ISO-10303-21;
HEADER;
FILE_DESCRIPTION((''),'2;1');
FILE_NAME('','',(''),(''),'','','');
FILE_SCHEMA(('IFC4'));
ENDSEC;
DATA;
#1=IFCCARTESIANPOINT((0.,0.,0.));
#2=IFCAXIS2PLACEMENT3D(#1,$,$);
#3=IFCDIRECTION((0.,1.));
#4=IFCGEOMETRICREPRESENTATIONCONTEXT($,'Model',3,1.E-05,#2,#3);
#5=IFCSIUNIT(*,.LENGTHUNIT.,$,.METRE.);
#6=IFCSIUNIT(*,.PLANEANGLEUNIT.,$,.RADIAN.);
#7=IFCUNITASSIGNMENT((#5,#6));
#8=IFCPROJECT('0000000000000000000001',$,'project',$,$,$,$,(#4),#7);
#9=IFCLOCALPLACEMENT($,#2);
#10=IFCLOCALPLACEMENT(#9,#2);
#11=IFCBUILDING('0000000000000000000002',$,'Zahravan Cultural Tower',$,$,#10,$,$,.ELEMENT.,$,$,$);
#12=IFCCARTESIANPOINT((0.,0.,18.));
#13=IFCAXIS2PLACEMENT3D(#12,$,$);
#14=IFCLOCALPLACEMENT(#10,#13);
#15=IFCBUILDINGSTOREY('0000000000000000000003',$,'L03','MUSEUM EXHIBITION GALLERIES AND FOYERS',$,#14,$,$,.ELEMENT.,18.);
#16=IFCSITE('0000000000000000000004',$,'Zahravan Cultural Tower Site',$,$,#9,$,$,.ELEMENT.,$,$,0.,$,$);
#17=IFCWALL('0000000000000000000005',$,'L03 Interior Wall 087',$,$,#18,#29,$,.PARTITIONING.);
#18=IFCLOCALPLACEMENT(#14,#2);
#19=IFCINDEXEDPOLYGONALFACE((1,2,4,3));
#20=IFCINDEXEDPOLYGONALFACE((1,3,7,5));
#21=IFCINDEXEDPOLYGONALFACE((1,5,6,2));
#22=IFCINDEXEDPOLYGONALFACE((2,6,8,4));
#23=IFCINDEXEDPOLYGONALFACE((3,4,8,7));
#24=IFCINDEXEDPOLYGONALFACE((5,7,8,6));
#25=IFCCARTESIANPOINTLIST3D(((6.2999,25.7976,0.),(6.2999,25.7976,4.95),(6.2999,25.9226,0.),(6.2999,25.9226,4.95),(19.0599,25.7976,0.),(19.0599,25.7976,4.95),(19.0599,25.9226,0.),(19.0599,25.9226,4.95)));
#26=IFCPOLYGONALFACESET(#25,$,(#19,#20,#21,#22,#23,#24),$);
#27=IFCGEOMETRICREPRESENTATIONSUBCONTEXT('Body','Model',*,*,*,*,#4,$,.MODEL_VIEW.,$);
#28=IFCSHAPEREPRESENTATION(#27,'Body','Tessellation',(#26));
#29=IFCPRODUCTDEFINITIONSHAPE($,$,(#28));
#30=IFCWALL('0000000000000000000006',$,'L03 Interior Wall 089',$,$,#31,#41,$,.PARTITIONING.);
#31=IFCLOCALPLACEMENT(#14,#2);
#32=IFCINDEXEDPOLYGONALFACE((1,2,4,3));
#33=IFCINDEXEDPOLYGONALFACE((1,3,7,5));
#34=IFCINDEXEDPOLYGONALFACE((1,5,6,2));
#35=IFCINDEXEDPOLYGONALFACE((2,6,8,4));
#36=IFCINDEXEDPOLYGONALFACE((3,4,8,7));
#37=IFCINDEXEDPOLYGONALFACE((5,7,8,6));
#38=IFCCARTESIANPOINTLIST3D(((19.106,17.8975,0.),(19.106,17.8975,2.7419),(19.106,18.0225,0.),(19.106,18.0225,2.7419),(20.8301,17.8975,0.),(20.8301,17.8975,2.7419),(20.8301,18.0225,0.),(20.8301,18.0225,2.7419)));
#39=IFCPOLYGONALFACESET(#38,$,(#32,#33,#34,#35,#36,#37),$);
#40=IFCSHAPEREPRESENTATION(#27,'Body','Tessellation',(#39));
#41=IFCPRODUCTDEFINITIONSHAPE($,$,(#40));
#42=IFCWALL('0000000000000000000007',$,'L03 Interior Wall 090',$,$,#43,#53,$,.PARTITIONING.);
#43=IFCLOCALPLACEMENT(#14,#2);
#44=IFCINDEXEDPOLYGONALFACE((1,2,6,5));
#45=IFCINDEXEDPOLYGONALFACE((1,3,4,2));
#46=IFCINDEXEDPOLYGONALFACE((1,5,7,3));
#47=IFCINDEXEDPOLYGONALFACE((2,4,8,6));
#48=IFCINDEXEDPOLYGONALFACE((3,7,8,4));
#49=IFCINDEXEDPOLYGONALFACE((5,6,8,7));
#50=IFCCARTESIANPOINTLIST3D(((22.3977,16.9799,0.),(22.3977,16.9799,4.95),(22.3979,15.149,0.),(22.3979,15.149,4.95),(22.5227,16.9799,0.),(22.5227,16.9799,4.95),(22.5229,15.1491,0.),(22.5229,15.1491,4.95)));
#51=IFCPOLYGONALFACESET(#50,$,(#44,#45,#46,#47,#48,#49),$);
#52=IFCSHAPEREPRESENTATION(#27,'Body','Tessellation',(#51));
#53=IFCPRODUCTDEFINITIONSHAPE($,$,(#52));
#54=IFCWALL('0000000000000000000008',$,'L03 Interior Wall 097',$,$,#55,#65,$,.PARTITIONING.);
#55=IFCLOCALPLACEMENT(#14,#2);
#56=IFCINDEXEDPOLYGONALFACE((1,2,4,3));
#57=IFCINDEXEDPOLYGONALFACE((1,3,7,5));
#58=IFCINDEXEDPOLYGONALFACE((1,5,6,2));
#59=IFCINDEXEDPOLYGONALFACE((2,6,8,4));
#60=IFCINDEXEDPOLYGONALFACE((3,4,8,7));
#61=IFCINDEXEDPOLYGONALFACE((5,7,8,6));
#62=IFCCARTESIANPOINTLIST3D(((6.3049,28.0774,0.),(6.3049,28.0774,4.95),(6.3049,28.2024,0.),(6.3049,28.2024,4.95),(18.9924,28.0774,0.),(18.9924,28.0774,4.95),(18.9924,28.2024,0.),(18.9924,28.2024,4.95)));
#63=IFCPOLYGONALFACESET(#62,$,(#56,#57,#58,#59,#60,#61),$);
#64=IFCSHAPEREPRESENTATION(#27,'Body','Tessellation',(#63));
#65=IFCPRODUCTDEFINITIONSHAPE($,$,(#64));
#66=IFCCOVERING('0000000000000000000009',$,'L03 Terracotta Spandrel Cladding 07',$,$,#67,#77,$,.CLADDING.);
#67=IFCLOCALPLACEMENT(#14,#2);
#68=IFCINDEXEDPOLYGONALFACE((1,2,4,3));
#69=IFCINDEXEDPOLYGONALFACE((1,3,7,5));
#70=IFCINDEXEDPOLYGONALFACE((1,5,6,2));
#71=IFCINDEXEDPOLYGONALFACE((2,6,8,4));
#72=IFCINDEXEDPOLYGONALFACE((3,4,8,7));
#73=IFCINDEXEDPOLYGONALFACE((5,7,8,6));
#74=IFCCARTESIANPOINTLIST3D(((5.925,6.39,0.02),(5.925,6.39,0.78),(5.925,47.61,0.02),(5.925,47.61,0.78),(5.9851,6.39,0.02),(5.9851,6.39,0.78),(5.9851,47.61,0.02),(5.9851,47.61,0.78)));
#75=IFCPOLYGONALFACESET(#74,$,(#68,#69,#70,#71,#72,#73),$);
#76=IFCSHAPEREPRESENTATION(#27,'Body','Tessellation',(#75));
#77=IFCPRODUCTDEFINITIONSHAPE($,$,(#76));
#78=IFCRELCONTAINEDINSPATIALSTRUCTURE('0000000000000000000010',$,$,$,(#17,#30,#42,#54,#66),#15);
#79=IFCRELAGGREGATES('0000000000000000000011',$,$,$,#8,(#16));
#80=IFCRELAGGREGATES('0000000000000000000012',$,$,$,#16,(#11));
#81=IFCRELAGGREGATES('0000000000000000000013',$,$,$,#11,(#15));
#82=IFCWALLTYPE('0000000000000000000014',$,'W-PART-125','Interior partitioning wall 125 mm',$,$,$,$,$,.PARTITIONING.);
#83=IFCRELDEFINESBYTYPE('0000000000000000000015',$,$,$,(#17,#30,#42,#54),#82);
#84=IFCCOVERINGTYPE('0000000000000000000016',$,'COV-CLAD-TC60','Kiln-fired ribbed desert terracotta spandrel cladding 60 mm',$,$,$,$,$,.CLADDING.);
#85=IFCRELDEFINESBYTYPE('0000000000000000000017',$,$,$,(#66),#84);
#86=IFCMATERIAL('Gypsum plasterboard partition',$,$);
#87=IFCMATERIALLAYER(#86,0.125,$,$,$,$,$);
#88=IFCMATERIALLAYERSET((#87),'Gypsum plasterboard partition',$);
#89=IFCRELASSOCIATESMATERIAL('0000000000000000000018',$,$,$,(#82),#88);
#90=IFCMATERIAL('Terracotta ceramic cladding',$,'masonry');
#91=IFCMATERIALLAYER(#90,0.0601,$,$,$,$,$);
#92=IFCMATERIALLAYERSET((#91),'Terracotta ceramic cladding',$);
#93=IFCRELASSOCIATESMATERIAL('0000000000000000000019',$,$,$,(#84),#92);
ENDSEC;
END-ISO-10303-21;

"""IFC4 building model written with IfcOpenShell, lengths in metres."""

from ifc_helpers import new_model, si_unit, direction, frame, frame_2d, origin, origin_2d, place, context, subcontext, project, spatial, rectangle, extrude, source, transform, mapped, material, layer, layer_set, type_object, element, save


model = new_model("IFC4")

# Units and contexts
model_context = context("Model", 3, precision=1e-05, world=origin(), true_north=direction((0.0, 1.0)))
body_context = subcontext(model_context, "Body", "Model", "MODEL_VIEW")
ifc_project = project(units=[si_unit("LENGTHUNIT", "METRE"), si_unit("PLANEANGLEUNIT", "RADIAN")], contexts=[model_context])

# Site, building, storey
site_placement = place(None, origin())
site = spatial("IfcSite", under=ifc_project, at=site_placement, Name="Zahravan Cultural Tower Site", CompositionType="ELEMENT", RefElevation=0.0)
building_placement = place(site_placement, origin())
building = spatial("IfcBuilding", under=site, at=building_placement, Name="Zahravan Cultural Tower", CompositionType="ELEMENT")
storey_placement = place(building_placement, frame((0.0, 0.0, 18.0)))
storey = spatial("IfcBuildingStorey", under=building, at=storey_placement, Name="L03", Description="MUSEUM EXHIBITION GALLERIES AND FOYERS", CompositionType="ELEMENT", Elevation=18.0)

# Shared definitions
ifc_material_1 = material(Name="Gypsum plasterboard partition")
ifc_layer_1 = layer(ifc_material_1, 0.125)
ifc_layer_set_1 = layer_set([ifc_layer_1], Name="Gypsum plasterboard partition")
wall_type_1 = type_object("IfcWallType", Name="W-PART-125", Description="Interior partitioning wall 125 mm", PredefinedType="PARTITIONING", material=ifc_layer_set_1)

# Walls
shared_shape_1 = source(origin(), body_context, "Body", "SweptSolid", [
    extrude(rectangle(XDim=12.76, YDim=0.125, at=frame_2d((6.3799, 0.0))), origin(), (0.0, 0.0, 1.0), 4.95),
])
wall_1_placement = place(storey_placement, frame((6.3, 25.8601, 0.0), z_axis=(0.0, 0.0, 1.0), x_axis=(1.0, 0.0, 0.0)))
element("IfcWall", 1, at=wall_1_placement, inside=storey, type_object=wall_type_1, Name="L03 Interior Wall 087", PredefinedType="PARTITIONING", context=body_context, shape_type="MappedRepresentation", body=[
    mapped(shared_shape_1, transform((0.0, 0.0, 0.0), x_axis=(1.0, 0.0, 0.0), y_axis=(0.0, 1.0, 0.0), z_axis=(0.0, 0.0, 1.0), scale=1.0)),
])
shared_shape_2 = source(origin(), body_context, "Body", "SweptSolid", [
    extrude(rectangle(XDim=1.7241, YDim=0.125, at=frame_2d((0.8621, 0.0))), origin(), (0.0, 0.0, 1.0), 2.7419),
])
wall_2_placement = place(storey_placement, frame((19.106, 17.96, 0.0), z_axis=(0.0, 0.0, 1.0), x_axis=(1.0, 0.0, 0.0)))
element("IfcWall", 2, at=wall_2_placement, inside=storey, type_object=wall_type_1, Name="L03 Interior Wall 089", PredefinedType="PARTITIONING", context=body_context, shape_type="MappedRepresentation", body=[
    mapped(shared_shape_2, transform((0.0, 0.0, 0.0), x_axis=(1.0, 0.0, 0.0), y_axis=(0.0, 1.0, 0.0), z_axis=(0.0, 0.0, 1.0), scale=1.0)),
])
shared_shape_3 = source(origin(), body_context, "Body", "SweptSolid", [
    extrude(rectangle(XDim=1.8308, YDim=0.125, at=frame_2d((0.9155, 0.0))), origin(), (0.0, 0.0, 1.0), 4.95),
])
wall_3_placement = place(storey_placement, frame((22.4602, 16.98, 0.0), z_axis=(0.0, 0.0, 1.0), x_axis=(0.000133, -1.0, 0.0)))
element("IfcWall", 3, at=wall_3_placement, inside=storey, type_object=wall_type_1, Name="L03 Interior Wall 090", PredefinedType="PARTITIONING", context=body_context, shape_type="MappedRepresentation", body=[
    mapped(shared_shape_3, transform((0.0, 0.0, 0.0), x_axis=(1.0, 0.0, 0.0), y_axis=(0.0, 1.0, 0.0), z_axis=(0.0, 0.0, 1.0), scale=1.0)),
])
shared_shape_4 = source(origin(), body_context, "Body", "SweptSolid", [
    extrude(rectangle(XDim=12.6875, YDim=0.125, at=frame_2d((6.3438, 0.0))), origin(), (0.0, 0.0, 1.0), 4.95),
])
wall_4_placement = place(storey_placement, frame((18.9924, 28.1399, 0.0), z_axis=(0.0, 0.0, 1.0), x_axis=(-1.0, 0.0, 0.0)))
element("IfcWall", 4, at=wall_4_placement, inside=storey, type_object=wall_type_1, Name="L03 Interior Wall 097", PredefinedType="PARTITIONING", context=body_context, shape_type="MappedRepresentation", body=[
    mapped(shared_shape_4, transform((0.0, 0.0, 0.0), x_axis=(1.0, 0.0, 0.0), y_axis=(0.0, 1.0, 0.0), z_axis=(0.0, 0.0, 1.0), scale=1.0)),
])

# Covering
ifc_material_2 = material(Name="Terracotta ceramic cladding", Category="masonry")
ifc_layer_2 = layer(ifc_material_2, 0.0601)
ifc_layer_set_2 = layer_set([ifc_layer_2], Name="Terracotta ceramic cladding")
covering_type = type_object("IfcCoveringType", Name="COV-CLAD-TC60", Description="Kiln-fired ribbed desert terracotta spandrel cladding 60 mm", PredefinedType="CLADDING", material=ifc_layer_set_2)
shared_shape_5 = source(origin(), body_context, "Body", "SweptSolid", [
    extrude(rectangle(XDim=41.22, YDim=0.0601, at=origin_2d()), origin(), (0.0, 0.0, 1.0), 0.76),
])
covering_placement = place(storey_placement, frame((5.9551, 27.0, 0.02), z_axis=(0.0, 0.0, 1.0), x_axis=(0.0, 1.0, 0.0)))
element("IfcCovering", 5, at=covering_placement, inside=storey, type_object=covering_type, Name="L03 Terracotta Spandrel Cladding 07", PredefinedType="CLADDING", context=body_context, shape_type="MappedRepresentation", body=[
    mapped(shared_shape_5, transform((0.0, 0.0, 0.0), x_axis=(1.0, 0.0, 0.0), y_axis=(0.0, 1.0, 0.0), z_axis=(0.0, 0.0, 1.0), scale=1.0)),
])

save(model, "model.ifc")
